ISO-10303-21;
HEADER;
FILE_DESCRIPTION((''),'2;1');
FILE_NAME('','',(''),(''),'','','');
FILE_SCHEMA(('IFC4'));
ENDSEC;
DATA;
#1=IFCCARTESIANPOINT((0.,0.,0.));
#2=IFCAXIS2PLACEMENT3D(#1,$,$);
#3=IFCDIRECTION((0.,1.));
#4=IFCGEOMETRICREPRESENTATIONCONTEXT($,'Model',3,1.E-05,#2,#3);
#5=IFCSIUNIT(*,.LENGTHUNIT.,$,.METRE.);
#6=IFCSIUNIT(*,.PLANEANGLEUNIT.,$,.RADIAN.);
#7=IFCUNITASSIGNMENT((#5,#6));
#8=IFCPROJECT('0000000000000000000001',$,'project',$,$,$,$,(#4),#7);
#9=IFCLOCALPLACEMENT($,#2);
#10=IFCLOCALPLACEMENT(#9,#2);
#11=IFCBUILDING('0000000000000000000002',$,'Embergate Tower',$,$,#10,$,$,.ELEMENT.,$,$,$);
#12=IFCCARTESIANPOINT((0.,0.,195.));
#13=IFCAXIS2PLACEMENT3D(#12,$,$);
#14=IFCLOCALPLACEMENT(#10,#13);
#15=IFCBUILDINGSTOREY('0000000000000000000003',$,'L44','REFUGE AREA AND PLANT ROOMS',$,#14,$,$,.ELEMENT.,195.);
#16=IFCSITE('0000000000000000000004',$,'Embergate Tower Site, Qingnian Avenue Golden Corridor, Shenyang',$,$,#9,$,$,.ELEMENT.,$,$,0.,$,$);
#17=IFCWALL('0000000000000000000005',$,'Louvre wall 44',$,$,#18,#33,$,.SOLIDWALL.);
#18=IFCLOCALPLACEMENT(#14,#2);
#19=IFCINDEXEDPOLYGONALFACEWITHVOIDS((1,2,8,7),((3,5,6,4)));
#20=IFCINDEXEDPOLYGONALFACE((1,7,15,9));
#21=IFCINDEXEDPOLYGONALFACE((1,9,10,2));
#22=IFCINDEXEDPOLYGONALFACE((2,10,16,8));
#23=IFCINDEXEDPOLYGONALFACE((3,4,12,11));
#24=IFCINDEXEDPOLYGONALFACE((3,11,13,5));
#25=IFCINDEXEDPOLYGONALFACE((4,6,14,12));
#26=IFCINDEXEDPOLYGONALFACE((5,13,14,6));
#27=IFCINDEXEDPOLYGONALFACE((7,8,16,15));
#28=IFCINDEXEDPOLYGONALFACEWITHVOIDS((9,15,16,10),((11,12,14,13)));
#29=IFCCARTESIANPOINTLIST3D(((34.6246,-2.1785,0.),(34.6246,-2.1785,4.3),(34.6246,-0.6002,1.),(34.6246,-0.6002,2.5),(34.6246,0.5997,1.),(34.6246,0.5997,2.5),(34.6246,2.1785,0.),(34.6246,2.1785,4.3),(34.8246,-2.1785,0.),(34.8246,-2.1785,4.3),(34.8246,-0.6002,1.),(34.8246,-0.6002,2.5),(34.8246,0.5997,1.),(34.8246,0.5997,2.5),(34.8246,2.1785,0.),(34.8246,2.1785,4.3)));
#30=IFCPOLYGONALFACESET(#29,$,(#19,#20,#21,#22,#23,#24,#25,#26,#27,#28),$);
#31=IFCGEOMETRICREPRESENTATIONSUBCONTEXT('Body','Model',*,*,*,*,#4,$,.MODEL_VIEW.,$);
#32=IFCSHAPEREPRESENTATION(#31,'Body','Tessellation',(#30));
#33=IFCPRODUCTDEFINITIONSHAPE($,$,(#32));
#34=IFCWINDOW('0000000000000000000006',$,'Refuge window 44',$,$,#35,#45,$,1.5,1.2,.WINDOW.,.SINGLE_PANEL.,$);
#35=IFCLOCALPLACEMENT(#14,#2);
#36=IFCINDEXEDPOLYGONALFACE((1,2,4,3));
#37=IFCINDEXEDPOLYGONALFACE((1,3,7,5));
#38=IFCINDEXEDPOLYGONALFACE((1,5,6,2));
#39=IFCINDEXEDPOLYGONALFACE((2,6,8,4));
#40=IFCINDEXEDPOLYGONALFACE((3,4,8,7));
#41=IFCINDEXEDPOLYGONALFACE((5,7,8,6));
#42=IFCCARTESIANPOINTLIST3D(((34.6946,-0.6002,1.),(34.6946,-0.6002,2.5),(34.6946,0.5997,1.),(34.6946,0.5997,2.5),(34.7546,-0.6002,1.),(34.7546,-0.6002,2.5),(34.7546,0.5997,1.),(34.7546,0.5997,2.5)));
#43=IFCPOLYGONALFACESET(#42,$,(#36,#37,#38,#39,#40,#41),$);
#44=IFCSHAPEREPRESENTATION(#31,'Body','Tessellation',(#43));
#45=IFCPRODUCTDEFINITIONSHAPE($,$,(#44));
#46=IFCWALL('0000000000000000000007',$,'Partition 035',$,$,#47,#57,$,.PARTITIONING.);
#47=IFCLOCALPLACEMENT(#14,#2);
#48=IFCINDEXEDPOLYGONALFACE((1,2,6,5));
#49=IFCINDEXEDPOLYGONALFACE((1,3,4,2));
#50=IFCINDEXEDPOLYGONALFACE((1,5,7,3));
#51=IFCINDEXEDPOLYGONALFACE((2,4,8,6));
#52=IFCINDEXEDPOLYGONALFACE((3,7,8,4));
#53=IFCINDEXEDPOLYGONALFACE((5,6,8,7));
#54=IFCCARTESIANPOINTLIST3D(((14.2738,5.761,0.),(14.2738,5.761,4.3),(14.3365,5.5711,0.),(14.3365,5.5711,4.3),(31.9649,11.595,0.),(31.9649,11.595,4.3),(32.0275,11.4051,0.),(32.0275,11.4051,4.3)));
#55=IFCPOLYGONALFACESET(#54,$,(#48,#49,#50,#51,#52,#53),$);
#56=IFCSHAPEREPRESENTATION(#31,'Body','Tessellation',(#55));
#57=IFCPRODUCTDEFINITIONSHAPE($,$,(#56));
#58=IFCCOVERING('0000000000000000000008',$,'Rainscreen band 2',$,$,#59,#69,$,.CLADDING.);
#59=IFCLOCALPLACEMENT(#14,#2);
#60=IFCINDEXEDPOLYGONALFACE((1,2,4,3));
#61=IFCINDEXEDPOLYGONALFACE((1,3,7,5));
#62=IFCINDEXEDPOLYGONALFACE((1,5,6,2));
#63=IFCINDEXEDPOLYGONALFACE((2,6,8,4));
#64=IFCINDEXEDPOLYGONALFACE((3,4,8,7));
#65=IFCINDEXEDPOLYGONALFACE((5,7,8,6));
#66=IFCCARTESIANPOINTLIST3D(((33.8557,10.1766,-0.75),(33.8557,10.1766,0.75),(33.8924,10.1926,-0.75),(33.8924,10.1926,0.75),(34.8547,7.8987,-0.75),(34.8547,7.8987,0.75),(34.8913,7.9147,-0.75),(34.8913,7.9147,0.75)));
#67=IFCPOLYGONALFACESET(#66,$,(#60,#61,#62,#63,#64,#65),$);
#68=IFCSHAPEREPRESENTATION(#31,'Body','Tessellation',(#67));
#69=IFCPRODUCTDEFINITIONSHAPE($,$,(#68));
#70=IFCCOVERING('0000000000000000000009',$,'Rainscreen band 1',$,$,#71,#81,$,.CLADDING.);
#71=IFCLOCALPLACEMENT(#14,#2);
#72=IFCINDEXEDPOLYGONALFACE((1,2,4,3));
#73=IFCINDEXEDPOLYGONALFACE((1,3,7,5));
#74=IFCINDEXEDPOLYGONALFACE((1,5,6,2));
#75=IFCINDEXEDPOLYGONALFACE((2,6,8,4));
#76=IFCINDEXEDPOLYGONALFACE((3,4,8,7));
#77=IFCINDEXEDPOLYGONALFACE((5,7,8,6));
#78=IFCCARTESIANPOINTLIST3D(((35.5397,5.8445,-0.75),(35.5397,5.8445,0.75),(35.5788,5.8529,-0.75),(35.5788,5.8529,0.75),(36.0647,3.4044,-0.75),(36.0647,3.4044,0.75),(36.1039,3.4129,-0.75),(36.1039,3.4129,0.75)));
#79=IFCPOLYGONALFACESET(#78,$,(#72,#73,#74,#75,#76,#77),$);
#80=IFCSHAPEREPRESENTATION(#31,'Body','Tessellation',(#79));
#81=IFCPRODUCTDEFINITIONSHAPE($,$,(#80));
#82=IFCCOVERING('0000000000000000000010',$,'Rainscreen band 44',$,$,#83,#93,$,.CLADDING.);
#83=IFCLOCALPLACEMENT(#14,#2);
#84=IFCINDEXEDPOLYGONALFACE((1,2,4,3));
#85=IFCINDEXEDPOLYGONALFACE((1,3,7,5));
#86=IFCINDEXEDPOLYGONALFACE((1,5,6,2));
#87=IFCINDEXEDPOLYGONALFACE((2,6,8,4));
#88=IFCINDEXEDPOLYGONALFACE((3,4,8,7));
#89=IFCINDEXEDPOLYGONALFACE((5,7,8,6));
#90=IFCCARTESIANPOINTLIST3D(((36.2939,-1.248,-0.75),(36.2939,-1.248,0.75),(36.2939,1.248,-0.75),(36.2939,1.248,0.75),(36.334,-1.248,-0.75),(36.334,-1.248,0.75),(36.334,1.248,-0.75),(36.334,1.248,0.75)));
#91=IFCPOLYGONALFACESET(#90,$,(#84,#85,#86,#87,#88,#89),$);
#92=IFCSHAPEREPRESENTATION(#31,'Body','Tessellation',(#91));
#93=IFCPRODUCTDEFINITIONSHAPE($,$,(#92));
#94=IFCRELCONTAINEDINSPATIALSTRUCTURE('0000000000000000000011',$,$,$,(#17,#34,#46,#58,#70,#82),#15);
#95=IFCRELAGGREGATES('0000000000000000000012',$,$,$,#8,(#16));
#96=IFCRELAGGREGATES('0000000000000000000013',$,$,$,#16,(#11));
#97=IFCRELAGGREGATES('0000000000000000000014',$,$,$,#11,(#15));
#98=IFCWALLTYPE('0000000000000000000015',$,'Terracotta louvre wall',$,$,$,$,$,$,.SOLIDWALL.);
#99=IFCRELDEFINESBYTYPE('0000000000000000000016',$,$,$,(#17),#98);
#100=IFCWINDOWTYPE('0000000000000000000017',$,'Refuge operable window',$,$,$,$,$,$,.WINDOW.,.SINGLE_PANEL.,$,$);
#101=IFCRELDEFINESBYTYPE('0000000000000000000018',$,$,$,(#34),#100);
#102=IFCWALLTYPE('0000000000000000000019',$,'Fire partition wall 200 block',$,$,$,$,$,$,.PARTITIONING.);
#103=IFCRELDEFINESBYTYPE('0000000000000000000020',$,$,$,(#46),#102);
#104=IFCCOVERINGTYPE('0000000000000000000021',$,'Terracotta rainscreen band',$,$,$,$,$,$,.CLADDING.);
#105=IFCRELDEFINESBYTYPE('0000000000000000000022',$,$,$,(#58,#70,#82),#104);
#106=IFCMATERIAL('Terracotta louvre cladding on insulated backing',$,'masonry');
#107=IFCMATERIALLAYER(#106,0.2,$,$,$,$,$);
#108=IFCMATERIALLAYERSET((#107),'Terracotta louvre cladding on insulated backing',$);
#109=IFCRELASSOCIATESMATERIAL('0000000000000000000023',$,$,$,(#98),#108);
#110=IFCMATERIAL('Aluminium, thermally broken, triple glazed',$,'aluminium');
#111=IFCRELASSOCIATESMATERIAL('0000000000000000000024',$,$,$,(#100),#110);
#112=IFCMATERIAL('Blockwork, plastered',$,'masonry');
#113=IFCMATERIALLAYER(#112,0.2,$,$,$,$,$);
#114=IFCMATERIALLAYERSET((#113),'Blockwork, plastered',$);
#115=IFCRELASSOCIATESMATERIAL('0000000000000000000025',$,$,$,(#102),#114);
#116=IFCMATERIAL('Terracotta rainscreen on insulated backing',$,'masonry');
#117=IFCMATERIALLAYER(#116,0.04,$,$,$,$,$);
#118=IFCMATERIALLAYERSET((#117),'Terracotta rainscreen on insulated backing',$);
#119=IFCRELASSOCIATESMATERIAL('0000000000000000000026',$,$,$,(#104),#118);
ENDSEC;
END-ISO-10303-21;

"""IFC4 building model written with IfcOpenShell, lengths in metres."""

from ifc_helpers import new_model, si_unit, direction, frame, frame_2d, origin, origin_2d, place, context, subcontext, project, spatial, rectangle, extrude, source, transform, mapped, material, layer, layer_set, type_object, element, fill, save


model = new_model("IFC4")

# Units and contexts
model_context = context("Model", 3, precision=1e-05, world=origin(), true_north=direction((0.0, 1.0)))
body_context = subcontext(model_context, "Body", "Model", "MODEL_VIEW")
ifc_project = project(units=[si_unit("LENGTHUNIT", "METRE"), si_unit("PLANEANGLEUNIT", "RADIAN")], contexts=[model_context])

# Site, building, storey
site_placement = place(None, origin())
site = spatial("IfcSite", under=ifc_project, at=site_placement, Name="Embergate Tower Site, Qingnian Avenue Golden Corridor, Shenyang", CompositionType="ELEMENT", RefElevation=0.0)
building_placement = place(site_placement, origin())
building = spatial("IfcBuilding", under=site, at=building_placement, Name="Embergate Tower", CompositionType="ELEMENT")
storey_placement = place(building_placement, frame((0.0, 0.0, 195.0)))
storey = spatial("IfcBuildingStorey", under=building, at=storey_placement, Name="L44", Description="REFUGE AREA AND PLANT ROOMS", CompositionType="ELEMENT", Elevation=195.0)

# Wall, opening, window
ifc_material_1 = material(Name="Terracotta louvre cladding on insulated backing", Category="masonry")
ifc_layer_1 = layer(ifc_material_1, 0.2)
ifc_layer_set_1 = layer_set([ifc_layer_1], Name="Terracotta louvre cladding on insulated backing")
wall_type_1 = type_object("IfcWallType", Name="Terracotta louvre wall", PredefinedType="SOLIDWALL", material=ifc_layer_set_1)
shared_shape_1 = source(origin(), body_context, "Body", "SweptSolid", [
    extrude(rectangle(XDim=1.2, YDim=1.5, at=frame_2d((0.6001, 0.75))), frame((0.0, 0.1099, 0.0), z_axis=(0.0, -1.0, 0.0), x_axis=(1.0, 0.0, 0.0)), (0.0, 0.0, 1.0), 0.22),
])
ifc_material_2 = material(Name="Aluminium, thermally broken, triple glazed", Category="aluminium")
window_type = type_object("IfcWindowType", Name="Refuge operable window", PartitioningType="SINGLE_PANEL", PredefinedType="WINDOW", material=ifc_material_2)
shared_shape_2 = source(origin(), body_context, "Body", "SweptSolid", [
    extrude(rectangle(XDim=1.2, YDim=1.5, at=frame_2d((0.6001, 0.75))), frame((0.0, 0.03, 0.0), z_axis=(0.0, -1.0, 0.0), x_axis=(1.0, 0.0, 0.0)), (0.0, 0.0, 1.0), 0.0601),
])
shared_shape_3 = source(origin(), body_context, "Body", "SweptSolid", [
    extrude(rectangle(XDim=4.3569, YDim=0.2, at=frame_2d((2.1785, 0.0))), origin(), (0.0, 0.0, 1.0), 4.3),
])
wall_1_placement = place(storey_placement, frame((34.7246, 2.1785, 0.0), z_axis=(0.0, 0.0, 1.0), x_axis=(0.0, -1.0, 0.0)))
wall_1 = element("IfcWall", 1, at=wall_1_placement, inside=storey, type_object=wall_type_1, Name="Louvre wall 44", PredefinedType="SOLIDWALL", context=body_context, shape_type="MappedRepresentation", body=[
    mapped(shared_shape_3, transform((0.0, 0.0, 0.0))),
])
opening_1_placement = place(wall_1_placement, frame((1.5786, 0.0, 1.0)))
opening_1 = element("IfcOpeningElement", 2, at=opening_1_placement, cuts=wall_1, PredefinedType="OPENING", context=body_context, shape_type="MappedRepresentation", body=[
    mapped(shared_shape_1, transform((0.0, 0.0, 0.0))),
])
window_1_placement = place(opening_1_placement, origin())
window_1 = element("IfcWindow", 3, at=window_1_placement, inside=storey, type_object=window_type, Name="Refuge window 44", OverallHeight=1.5, OverallWidth=1.2, PartitioningType="SINGLE_PANEL", PredefinedType="WINDOW", context=body_context, shape_type="MappedRepresentation", body=[
    mapped(shared_shape_2, transform((0.0, 0.0, 0.0))),
])
fill(opening_1, window_1)

# Wall
ifc_material_3 = material(Name="Blockwork, plastered", Category="masonry")
ifc_layer_2 = layer(ifc_material_3, 0.2)
ifc_layer_set_2 = layer_set([ifc_layer_2], Name="Blockwork, plastered")
wall_type_2 = type_object("IfcWallType", Name="Fire partition wall 200 block", PredefinedType="PARTITIONING", material=ifc_layer_set_2)
shared_shape_4 = source(origin(), body_context, "Body", "SweptSolid", [
    extrude(rectangle(XDim=18.6282, YDim=0.2, at=frame_2d((9.314, 0.0))), origin(), (0.0, 0.0, 1.0), 4.3),
])
wall_2_placement = place(storey_placement, frame((31.9961, 11.5, 0.0), z_axis=(0.0, 0.0, 1.0), x_axis=(-0.949694, -0.313179, 0.0)))
element("IfcWall", 4, at=wall_2_placement, inside=storey, type_object=wall_type_2, Name="Partition 035", PredefinedType="PARTITIONING", context=body_context, shape_type="MappedRepresentation", body=[
    mapped(shared_shape_4, transform((0.0, 0.0, 0.0))),
])

# Coverings
ifc_material_4 = material(Name="Terracotta rainscreen on insulated backing", Category="masonry")
ifc_layer_3 = layer(ifc_material_4, 0.04)
ifc_layer_set_3 = layer_set([ifc_layer_3], Name="Terracotta rainscreen on insulated backing")
covering_type = type_object("IfcCoveringType", Name="Terracotta rainscreen band", PredefinedType="CLADDING", material=ifc_layer_set_3)
shared_shape_5 = source(origin(), body_context, "Body", "SweptSolid", [
    extrude(rectangle(XDim=2.4873, YDim=0.04, at=origin_2d()), origin(), (0.0, 0.0, 1.0), 1.5),
])
covering_1_placement = place(storey_placement, frame((34.3735, 9.0457, -0.75), z_axis=(0.0, 0.0, 1.0), x_axis=(-0.40162, 0.915806, 0.0)))
element("IfcCovering", 5, at=covering_1_placement, inside=storey, type_object=covering_type, Name="Rainscreen band 2", PredefinedType="CLADDING", context=body_context, shape_type="MappedRepresentation", body=[
    mapped(shared_shape_5, transform((0.0, 0.0, 0.0))),
])
shared_shape_6 = source(origin(), body_context, "Body", "SweptSolid", [
    extrude(rectangle(XDim=2.4958, YDim=0.04, at=origin_2d()), origin(), (0.0, 0.0, 1.0), 1.5),
])
covering_2_placement = place(storey_placement, frame((35.8218, 4.6287, -0.75), z_axis=(0.0, 0.0, 1.0), x_axis=(-0.210351, 0.977626, 0.0)))
element("IfcCovering", 6, at=covering_2_placement, inside=storey, type_object=covering_type, Name="Rainscreen band 1", PredefinedType="CLADDING", context=body_context, shape_type="MappedRepresentation", body=[
    mapped(shared_shape_6, transform((0.0, 0.0, 0.0))),
])
shared_shape_7 = source(origin(), body_context, "Body", "SweptSolid", [
    extrude(rectangle(XDim=2.4961, YDim=0.04, at=origin_2d()), origin(), (0.0, 0.0, 1.0), 1.5),
])
covering_3_placement = place(storey_placement, frame((36.314, 0.0, -0.75), z_axis=(0.0, 0.0, 1.0), x_axis=(0.0, 1.0, 0.0)))
element("IfcCovering", 7, at=covering_3_placement, inside=storey, type_object=covering_type, Name="Rainscreen band 44", PredefinedType="CLADDING", context=body_context, shape_type="MappedRepresentation", body=[
    mapped(shared_shape_7, transform((0.0, 0.0, 0.0))),
])

save(model, "model.ifc")
